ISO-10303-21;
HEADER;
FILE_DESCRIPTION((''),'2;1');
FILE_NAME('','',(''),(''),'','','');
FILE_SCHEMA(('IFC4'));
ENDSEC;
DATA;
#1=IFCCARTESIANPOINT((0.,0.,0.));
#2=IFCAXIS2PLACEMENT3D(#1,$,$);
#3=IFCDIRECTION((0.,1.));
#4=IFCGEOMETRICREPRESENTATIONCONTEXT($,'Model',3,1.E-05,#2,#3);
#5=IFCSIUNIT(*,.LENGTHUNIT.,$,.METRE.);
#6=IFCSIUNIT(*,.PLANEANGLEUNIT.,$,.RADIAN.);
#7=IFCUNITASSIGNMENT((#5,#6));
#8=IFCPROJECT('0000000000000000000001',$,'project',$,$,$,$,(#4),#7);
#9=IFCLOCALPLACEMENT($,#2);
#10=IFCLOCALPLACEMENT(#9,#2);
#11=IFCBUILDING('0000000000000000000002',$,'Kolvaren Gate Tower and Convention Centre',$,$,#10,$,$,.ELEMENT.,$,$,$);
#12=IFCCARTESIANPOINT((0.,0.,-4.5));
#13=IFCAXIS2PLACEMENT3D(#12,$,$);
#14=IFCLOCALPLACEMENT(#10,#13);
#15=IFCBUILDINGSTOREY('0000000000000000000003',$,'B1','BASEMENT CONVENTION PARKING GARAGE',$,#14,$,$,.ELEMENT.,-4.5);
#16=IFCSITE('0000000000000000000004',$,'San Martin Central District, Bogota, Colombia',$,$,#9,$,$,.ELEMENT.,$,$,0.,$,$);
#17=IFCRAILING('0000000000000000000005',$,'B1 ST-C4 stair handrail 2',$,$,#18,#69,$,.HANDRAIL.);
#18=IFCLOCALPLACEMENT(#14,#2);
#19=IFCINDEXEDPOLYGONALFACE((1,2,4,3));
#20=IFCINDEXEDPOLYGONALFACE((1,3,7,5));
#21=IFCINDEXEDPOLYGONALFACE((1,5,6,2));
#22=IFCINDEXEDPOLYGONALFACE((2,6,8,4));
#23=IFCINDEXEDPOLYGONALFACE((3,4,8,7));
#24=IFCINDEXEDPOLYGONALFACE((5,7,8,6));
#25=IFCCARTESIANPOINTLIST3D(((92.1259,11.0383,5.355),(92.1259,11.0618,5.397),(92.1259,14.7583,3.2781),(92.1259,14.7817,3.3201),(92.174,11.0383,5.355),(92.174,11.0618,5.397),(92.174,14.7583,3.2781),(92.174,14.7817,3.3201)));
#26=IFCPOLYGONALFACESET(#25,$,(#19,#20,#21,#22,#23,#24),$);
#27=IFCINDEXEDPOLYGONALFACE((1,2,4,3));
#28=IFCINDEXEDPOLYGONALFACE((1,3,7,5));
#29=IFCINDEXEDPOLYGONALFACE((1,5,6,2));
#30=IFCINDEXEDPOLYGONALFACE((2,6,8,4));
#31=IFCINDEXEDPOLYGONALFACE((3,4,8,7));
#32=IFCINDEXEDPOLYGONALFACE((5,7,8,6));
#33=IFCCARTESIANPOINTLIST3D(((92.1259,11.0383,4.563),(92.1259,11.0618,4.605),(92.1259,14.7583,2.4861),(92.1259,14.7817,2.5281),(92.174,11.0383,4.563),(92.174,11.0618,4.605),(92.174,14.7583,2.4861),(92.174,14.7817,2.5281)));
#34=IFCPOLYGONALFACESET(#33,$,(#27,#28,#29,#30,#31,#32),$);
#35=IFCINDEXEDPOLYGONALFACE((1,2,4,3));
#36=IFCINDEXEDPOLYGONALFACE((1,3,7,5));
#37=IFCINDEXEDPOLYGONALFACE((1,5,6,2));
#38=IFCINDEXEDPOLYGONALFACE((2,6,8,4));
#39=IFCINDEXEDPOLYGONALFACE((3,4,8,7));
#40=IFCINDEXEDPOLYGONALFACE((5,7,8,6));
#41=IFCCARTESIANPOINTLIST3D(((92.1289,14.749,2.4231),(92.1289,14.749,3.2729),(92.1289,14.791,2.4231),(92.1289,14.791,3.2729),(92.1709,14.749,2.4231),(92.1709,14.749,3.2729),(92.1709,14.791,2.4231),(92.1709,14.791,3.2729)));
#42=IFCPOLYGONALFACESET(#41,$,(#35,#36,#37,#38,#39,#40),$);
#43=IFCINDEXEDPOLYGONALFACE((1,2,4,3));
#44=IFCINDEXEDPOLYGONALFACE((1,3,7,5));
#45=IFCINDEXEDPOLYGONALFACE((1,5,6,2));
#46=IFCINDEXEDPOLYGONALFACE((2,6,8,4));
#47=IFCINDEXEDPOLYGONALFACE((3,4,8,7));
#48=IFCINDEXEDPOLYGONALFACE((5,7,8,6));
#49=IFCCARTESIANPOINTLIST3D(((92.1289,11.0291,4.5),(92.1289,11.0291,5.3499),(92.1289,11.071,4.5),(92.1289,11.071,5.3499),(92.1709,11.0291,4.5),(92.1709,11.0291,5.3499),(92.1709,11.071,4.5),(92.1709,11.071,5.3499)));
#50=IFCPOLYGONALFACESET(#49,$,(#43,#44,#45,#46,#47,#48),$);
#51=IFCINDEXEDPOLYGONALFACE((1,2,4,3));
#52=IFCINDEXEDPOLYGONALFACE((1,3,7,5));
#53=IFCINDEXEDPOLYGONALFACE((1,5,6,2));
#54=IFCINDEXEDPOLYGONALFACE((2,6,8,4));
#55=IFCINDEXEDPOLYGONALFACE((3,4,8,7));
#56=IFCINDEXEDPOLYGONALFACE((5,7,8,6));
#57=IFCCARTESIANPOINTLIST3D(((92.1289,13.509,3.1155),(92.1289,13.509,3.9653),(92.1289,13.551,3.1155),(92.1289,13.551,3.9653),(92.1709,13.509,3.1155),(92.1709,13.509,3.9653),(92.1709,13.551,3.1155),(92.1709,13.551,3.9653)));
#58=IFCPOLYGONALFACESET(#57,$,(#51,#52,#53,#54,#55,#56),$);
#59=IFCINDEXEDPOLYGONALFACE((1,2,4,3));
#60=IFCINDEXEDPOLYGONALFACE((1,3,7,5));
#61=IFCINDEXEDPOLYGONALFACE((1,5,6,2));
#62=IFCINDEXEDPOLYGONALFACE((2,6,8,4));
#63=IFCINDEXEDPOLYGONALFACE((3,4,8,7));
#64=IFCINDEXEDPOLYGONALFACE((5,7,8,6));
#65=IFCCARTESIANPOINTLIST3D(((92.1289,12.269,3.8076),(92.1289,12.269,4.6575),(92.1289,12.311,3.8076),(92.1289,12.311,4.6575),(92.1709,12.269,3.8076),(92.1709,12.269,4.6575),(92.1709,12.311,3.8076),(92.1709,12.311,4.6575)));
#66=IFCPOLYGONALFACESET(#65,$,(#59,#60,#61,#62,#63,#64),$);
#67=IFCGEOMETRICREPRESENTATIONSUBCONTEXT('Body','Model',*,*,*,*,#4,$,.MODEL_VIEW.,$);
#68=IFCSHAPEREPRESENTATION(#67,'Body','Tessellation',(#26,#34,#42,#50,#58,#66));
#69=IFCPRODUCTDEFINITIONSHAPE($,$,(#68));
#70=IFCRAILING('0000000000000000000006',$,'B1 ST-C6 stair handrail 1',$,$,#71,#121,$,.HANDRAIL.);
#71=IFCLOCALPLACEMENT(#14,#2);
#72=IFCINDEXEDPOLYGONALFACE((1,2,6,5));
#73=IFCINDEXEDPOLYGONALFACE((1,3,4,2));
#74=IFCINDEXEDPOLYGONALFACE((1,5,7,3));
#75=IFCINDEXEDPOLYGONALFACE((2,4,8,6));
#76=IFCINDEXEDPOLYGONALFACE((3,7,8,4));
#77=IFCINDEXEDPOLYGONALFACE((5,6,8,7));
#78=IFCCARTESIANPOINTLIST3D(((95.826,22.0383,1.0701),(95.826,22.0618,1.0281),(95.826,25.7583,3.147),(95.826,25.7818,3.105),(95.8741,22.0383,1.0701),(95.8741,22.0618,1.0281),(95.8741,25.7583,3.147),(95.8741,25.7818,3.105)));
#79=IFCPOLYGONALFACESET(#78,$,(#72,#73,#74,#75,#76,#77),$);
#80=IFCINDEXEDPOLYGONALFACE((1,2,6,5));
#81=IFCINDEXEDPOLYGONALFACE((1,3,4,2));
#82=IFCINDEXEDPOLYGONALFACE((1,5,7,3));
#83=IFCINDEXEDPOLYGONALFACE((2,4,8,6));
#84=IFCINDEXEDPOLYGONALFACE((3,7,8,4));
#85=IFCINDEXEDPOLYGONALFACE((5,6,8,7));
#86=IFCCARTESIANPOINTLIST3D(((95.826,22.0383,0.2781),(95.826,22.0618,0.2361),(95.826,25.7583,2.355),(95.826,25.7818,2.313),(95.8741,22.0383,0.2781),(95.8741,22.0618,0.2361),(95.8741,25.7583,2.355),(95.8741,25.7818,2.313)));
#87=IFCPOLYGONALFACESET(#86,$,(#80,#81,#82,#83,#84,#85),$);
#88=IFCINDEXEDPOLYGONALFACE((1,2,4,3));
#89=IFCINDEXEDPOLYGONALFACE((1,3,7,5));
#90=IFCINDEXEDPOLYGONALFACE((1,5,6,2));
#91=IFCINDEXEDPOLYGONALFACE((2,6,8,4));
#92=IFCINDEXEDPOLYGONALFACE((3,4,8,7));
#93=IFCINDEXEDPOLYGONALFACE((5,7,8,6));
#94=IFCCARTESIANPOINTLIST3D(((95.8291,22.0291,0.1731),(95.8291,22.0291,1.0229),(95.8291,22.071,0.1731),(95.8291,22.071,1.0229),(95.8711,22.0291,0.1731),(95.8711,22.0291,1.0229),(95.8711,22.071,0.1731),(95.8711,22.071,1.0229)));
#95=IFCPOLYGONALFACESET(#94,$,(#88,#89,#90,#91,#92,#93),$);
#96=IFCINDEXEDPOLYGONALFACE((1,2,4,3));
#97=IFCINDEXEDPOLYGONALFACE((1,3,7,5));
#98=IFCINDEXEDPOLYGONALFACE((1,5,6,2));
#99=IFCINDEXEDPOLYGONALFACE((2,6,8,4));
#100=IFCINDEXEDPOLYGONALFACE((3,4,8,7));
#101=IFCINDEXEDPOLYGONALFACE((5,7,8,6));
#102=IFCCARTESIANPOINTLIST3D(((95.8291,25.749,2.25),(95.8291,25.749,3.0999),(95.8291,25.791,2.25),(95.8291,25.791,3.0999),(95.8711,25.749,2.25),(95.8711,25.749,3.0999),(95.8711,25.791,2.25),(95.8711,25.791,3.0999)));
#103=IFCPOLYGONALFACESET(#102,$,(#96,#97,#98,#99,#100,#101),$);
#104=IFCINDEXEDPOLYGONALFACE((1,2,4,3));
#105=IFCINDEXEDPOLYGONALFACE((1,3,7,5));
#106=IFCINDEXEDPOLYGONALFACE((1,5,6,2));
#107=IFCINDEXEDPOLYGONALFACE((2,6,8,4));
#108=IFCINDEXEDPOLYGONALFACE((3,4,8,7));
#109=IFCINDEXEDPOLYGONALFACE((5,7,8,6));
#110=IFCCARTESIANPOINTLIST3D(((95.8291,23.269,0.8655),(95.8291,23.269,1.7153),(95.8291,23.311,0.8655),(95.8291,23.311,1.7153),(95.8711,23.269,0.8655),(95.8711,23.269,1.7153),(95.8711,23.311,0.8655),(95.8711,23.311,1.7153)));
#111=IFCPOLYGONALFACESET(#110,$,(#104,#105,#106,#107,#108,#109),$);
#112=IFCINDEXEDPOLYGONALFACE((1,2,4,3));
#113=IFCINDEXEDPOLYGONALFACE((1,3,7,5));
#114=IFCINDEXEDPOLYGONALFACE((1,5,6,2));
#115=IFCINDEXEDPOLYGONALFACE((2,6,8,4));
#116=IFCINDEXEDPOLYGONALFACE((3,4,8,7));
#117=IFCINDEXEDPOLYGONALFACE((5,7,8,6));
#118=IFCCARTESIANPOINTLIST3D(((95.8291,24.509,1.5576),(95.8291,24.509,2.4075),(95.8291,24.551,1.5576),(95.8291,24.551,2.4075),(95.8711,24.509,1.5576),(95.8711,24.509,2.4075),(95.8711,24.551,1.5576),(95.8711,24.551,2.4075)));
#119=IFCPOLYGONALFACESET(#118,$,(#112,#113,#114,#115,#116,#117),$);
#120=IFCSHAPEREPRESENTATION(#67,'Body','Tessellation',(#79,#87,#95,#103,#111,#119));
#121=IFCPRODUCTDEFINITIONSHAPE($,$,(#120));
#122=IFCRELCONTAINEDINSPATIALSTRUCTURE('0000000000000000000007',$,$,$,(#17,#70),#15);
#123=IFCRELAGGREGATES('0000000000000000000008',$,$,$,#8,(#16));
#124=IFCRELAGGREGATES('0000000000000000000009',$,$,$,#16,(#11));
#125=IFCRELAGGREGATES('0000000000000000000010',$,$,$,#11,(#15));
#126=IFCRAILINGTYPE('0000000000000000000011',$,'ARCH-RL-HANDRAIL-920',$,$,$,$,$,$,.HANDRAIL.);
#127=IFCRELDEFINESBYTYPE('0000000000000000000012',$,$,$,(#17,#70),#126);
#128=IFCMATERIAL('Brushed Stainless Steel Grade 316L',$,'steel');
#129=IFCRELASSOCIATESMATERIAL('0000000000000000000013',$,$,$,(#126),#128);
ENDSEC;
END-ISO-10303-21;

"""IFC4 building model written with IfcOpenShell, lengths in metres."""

from ifc_helpers import new_model, si_unit, direction, frame, origin, origin_2d, place, context, subcontext, project, spatial, rectangle, extrude, material, type_object, element, save


model = new_model("IFC4")

# Units and contexts
model_context = context("Model", 3, precision=1e-05, world=origin(), true_north=direction((0.0, 1.0)))
body_context = subcontext(model_context, "Body", "Model", "MODEL_VIEW")
ifc_project = project(units=[si_unit("LENGTHUNIT", "METRE"), si_unit("PLANEANGLEUNIT", "RADIAN")], contexts=[model_context])

# Site, building, storey
site_placement = place(None, origin())
site = spatial("IfcSite", under=ifc_project, at=site_placement, Name="San Martin Central District, Bogota, Colombia", CompositionType="ELEMENT", RefElevation=0.0)
building_placement = place(site_placement, origin())
building = spatial("IfcBuilding", under=site, at=building_placement, Name="Kolvaren Gate Tower and Convention Centre", CompositionType="ELEMENT")
storey_placement = place(building_placement, frame((0.0, 0.0, -4.5)))
storey = spatial("IfcBuildingStorey", under=building, at=storey_placement, Name="B1", Description="BASEMENT CONVENTION PARKING GARAGE", CompositionType="ELEMENT", Elevation=-4.5)

# Railings
ifc_material_1 = material(Name="Brushed Stainless Steel Grade 316L", Category="steel")
railing_type_1 = type_object("IfcRailingType", Name="ARCH-RL-HANDRAIL-920", PredefinedType="HANDRAIL", material=ifc_material_1)
railing_1_placement = place(storey_placement, frame((92.1499, 14.77, 2.4231)))
element("IfcRailing", 1, at=railing_1_placement, inside=storey, type_object=railing_type_1, Name="B1 ST-C4 stair handrail 2", PredefinedType="HANDRAIL", context=body_context, shape_type="SweptSolid", body=[
    extrude(rectangle(XDim=0.0481, YDim=0.0481, at=origin_2d()), frame((0.0, 0.0, 0.876), z_axis=(0.0, -0.873134, 0.487481), x_axis=(1.0, 0.0, 0.0)), (0.0, 0.0, 1.0), 4.2605),
    extrude(rectangle(XDim=0.0481, YDim=0.0481, at=origin_2d()), frame((0.0, 0.0, 0.084), z_axis=(0.0, -0.873134, 0.487481), x_axis=(1.0, 0.0, 0.0)), (0.0, 0.0, 1.0), 4.2605),
    extrude(rectangle(XDim=0.042, YDim=0.042, at=origin_2d()), origin(), (0.0, 0.0, 1.0), 0.8499),
    extrude(rectangle(XDim=0.042, YDim=0.042, at=origin_2d()), frame((0.0, -3.72, 2.0769)), (0.0, 0.0, 1.0), 0.8499),
    extrude(rectangle(XDim=0.042, YDim=0.042, at=origin_2d()), frame((0.0, -1.24, 0.6924)), (0.0, 0.0, 1.0), 0.8499),
    extrude(rectangle(XDim=0.042, YDim=0.042, at=origin_2d()), frame((0.0, -2.48, 1.3845)), (0.0, 0.0, 1.0), 0.8499),
])
railing_2_placement = place(storey_placement, frame((95.8501, 22.05, 0.1731)))
element("IfcRailing", 2, at=railing_2_placement, inside=storey, type_object=railing_type_1, Name="B1 ST-C6 stair handrail 1", PredefinedType="HANDRAIL", context=body_context, shape_type="SweptSolid", body=[
    extrude(rectangle(XDim=0.0481, YDim=0.0481, at=origin_2d()), frame((0.0, 0.0, 0.876), z_axis=(0.0, 0.873134, 0.487481), x_axis=(-1.0, 0.0, 0.0)), (0.0, 0.0, 1.0), 4.2605),
    extrude(rectangle(XDim=0.0481, YDim=0.0481, at=origin_2d()), frame((0.0, 0.0, 0.084), z_axis=(0.0, 0.873134, 0.487481), x_axis=(-1.0, 0.0, 0.0)), (0.0, 0.0, 1.0), 4.2605),
    extrude(rectangle(XDim=0.042, YDim=0.042, at=origin_2d()), origin(), (0.0, 0.0, 1.0), 0.8499),
    extrude(rectangle(XDim=0.042, YDim=0.042, at=origin_2d()), frame((0.0, 3.72, 2.0769)), (0.0, 0.0, 1.0), 0.8499),
    extrude(rectangle(XDim=0.042, YDim=0.042, at=origin_2d()), frame((0.0, 1.24, 0.6924)), (0.0, 0.0, 1.0), 0.8499),
    extrude(rectangle(XDim=0.042, YDim=0.042, at=origin_2d()), frame((0.0, 2.48, 1.3845)), (0.0, 0.0, 1.0), 0.8499),
])

save(model, "model.ifc")
